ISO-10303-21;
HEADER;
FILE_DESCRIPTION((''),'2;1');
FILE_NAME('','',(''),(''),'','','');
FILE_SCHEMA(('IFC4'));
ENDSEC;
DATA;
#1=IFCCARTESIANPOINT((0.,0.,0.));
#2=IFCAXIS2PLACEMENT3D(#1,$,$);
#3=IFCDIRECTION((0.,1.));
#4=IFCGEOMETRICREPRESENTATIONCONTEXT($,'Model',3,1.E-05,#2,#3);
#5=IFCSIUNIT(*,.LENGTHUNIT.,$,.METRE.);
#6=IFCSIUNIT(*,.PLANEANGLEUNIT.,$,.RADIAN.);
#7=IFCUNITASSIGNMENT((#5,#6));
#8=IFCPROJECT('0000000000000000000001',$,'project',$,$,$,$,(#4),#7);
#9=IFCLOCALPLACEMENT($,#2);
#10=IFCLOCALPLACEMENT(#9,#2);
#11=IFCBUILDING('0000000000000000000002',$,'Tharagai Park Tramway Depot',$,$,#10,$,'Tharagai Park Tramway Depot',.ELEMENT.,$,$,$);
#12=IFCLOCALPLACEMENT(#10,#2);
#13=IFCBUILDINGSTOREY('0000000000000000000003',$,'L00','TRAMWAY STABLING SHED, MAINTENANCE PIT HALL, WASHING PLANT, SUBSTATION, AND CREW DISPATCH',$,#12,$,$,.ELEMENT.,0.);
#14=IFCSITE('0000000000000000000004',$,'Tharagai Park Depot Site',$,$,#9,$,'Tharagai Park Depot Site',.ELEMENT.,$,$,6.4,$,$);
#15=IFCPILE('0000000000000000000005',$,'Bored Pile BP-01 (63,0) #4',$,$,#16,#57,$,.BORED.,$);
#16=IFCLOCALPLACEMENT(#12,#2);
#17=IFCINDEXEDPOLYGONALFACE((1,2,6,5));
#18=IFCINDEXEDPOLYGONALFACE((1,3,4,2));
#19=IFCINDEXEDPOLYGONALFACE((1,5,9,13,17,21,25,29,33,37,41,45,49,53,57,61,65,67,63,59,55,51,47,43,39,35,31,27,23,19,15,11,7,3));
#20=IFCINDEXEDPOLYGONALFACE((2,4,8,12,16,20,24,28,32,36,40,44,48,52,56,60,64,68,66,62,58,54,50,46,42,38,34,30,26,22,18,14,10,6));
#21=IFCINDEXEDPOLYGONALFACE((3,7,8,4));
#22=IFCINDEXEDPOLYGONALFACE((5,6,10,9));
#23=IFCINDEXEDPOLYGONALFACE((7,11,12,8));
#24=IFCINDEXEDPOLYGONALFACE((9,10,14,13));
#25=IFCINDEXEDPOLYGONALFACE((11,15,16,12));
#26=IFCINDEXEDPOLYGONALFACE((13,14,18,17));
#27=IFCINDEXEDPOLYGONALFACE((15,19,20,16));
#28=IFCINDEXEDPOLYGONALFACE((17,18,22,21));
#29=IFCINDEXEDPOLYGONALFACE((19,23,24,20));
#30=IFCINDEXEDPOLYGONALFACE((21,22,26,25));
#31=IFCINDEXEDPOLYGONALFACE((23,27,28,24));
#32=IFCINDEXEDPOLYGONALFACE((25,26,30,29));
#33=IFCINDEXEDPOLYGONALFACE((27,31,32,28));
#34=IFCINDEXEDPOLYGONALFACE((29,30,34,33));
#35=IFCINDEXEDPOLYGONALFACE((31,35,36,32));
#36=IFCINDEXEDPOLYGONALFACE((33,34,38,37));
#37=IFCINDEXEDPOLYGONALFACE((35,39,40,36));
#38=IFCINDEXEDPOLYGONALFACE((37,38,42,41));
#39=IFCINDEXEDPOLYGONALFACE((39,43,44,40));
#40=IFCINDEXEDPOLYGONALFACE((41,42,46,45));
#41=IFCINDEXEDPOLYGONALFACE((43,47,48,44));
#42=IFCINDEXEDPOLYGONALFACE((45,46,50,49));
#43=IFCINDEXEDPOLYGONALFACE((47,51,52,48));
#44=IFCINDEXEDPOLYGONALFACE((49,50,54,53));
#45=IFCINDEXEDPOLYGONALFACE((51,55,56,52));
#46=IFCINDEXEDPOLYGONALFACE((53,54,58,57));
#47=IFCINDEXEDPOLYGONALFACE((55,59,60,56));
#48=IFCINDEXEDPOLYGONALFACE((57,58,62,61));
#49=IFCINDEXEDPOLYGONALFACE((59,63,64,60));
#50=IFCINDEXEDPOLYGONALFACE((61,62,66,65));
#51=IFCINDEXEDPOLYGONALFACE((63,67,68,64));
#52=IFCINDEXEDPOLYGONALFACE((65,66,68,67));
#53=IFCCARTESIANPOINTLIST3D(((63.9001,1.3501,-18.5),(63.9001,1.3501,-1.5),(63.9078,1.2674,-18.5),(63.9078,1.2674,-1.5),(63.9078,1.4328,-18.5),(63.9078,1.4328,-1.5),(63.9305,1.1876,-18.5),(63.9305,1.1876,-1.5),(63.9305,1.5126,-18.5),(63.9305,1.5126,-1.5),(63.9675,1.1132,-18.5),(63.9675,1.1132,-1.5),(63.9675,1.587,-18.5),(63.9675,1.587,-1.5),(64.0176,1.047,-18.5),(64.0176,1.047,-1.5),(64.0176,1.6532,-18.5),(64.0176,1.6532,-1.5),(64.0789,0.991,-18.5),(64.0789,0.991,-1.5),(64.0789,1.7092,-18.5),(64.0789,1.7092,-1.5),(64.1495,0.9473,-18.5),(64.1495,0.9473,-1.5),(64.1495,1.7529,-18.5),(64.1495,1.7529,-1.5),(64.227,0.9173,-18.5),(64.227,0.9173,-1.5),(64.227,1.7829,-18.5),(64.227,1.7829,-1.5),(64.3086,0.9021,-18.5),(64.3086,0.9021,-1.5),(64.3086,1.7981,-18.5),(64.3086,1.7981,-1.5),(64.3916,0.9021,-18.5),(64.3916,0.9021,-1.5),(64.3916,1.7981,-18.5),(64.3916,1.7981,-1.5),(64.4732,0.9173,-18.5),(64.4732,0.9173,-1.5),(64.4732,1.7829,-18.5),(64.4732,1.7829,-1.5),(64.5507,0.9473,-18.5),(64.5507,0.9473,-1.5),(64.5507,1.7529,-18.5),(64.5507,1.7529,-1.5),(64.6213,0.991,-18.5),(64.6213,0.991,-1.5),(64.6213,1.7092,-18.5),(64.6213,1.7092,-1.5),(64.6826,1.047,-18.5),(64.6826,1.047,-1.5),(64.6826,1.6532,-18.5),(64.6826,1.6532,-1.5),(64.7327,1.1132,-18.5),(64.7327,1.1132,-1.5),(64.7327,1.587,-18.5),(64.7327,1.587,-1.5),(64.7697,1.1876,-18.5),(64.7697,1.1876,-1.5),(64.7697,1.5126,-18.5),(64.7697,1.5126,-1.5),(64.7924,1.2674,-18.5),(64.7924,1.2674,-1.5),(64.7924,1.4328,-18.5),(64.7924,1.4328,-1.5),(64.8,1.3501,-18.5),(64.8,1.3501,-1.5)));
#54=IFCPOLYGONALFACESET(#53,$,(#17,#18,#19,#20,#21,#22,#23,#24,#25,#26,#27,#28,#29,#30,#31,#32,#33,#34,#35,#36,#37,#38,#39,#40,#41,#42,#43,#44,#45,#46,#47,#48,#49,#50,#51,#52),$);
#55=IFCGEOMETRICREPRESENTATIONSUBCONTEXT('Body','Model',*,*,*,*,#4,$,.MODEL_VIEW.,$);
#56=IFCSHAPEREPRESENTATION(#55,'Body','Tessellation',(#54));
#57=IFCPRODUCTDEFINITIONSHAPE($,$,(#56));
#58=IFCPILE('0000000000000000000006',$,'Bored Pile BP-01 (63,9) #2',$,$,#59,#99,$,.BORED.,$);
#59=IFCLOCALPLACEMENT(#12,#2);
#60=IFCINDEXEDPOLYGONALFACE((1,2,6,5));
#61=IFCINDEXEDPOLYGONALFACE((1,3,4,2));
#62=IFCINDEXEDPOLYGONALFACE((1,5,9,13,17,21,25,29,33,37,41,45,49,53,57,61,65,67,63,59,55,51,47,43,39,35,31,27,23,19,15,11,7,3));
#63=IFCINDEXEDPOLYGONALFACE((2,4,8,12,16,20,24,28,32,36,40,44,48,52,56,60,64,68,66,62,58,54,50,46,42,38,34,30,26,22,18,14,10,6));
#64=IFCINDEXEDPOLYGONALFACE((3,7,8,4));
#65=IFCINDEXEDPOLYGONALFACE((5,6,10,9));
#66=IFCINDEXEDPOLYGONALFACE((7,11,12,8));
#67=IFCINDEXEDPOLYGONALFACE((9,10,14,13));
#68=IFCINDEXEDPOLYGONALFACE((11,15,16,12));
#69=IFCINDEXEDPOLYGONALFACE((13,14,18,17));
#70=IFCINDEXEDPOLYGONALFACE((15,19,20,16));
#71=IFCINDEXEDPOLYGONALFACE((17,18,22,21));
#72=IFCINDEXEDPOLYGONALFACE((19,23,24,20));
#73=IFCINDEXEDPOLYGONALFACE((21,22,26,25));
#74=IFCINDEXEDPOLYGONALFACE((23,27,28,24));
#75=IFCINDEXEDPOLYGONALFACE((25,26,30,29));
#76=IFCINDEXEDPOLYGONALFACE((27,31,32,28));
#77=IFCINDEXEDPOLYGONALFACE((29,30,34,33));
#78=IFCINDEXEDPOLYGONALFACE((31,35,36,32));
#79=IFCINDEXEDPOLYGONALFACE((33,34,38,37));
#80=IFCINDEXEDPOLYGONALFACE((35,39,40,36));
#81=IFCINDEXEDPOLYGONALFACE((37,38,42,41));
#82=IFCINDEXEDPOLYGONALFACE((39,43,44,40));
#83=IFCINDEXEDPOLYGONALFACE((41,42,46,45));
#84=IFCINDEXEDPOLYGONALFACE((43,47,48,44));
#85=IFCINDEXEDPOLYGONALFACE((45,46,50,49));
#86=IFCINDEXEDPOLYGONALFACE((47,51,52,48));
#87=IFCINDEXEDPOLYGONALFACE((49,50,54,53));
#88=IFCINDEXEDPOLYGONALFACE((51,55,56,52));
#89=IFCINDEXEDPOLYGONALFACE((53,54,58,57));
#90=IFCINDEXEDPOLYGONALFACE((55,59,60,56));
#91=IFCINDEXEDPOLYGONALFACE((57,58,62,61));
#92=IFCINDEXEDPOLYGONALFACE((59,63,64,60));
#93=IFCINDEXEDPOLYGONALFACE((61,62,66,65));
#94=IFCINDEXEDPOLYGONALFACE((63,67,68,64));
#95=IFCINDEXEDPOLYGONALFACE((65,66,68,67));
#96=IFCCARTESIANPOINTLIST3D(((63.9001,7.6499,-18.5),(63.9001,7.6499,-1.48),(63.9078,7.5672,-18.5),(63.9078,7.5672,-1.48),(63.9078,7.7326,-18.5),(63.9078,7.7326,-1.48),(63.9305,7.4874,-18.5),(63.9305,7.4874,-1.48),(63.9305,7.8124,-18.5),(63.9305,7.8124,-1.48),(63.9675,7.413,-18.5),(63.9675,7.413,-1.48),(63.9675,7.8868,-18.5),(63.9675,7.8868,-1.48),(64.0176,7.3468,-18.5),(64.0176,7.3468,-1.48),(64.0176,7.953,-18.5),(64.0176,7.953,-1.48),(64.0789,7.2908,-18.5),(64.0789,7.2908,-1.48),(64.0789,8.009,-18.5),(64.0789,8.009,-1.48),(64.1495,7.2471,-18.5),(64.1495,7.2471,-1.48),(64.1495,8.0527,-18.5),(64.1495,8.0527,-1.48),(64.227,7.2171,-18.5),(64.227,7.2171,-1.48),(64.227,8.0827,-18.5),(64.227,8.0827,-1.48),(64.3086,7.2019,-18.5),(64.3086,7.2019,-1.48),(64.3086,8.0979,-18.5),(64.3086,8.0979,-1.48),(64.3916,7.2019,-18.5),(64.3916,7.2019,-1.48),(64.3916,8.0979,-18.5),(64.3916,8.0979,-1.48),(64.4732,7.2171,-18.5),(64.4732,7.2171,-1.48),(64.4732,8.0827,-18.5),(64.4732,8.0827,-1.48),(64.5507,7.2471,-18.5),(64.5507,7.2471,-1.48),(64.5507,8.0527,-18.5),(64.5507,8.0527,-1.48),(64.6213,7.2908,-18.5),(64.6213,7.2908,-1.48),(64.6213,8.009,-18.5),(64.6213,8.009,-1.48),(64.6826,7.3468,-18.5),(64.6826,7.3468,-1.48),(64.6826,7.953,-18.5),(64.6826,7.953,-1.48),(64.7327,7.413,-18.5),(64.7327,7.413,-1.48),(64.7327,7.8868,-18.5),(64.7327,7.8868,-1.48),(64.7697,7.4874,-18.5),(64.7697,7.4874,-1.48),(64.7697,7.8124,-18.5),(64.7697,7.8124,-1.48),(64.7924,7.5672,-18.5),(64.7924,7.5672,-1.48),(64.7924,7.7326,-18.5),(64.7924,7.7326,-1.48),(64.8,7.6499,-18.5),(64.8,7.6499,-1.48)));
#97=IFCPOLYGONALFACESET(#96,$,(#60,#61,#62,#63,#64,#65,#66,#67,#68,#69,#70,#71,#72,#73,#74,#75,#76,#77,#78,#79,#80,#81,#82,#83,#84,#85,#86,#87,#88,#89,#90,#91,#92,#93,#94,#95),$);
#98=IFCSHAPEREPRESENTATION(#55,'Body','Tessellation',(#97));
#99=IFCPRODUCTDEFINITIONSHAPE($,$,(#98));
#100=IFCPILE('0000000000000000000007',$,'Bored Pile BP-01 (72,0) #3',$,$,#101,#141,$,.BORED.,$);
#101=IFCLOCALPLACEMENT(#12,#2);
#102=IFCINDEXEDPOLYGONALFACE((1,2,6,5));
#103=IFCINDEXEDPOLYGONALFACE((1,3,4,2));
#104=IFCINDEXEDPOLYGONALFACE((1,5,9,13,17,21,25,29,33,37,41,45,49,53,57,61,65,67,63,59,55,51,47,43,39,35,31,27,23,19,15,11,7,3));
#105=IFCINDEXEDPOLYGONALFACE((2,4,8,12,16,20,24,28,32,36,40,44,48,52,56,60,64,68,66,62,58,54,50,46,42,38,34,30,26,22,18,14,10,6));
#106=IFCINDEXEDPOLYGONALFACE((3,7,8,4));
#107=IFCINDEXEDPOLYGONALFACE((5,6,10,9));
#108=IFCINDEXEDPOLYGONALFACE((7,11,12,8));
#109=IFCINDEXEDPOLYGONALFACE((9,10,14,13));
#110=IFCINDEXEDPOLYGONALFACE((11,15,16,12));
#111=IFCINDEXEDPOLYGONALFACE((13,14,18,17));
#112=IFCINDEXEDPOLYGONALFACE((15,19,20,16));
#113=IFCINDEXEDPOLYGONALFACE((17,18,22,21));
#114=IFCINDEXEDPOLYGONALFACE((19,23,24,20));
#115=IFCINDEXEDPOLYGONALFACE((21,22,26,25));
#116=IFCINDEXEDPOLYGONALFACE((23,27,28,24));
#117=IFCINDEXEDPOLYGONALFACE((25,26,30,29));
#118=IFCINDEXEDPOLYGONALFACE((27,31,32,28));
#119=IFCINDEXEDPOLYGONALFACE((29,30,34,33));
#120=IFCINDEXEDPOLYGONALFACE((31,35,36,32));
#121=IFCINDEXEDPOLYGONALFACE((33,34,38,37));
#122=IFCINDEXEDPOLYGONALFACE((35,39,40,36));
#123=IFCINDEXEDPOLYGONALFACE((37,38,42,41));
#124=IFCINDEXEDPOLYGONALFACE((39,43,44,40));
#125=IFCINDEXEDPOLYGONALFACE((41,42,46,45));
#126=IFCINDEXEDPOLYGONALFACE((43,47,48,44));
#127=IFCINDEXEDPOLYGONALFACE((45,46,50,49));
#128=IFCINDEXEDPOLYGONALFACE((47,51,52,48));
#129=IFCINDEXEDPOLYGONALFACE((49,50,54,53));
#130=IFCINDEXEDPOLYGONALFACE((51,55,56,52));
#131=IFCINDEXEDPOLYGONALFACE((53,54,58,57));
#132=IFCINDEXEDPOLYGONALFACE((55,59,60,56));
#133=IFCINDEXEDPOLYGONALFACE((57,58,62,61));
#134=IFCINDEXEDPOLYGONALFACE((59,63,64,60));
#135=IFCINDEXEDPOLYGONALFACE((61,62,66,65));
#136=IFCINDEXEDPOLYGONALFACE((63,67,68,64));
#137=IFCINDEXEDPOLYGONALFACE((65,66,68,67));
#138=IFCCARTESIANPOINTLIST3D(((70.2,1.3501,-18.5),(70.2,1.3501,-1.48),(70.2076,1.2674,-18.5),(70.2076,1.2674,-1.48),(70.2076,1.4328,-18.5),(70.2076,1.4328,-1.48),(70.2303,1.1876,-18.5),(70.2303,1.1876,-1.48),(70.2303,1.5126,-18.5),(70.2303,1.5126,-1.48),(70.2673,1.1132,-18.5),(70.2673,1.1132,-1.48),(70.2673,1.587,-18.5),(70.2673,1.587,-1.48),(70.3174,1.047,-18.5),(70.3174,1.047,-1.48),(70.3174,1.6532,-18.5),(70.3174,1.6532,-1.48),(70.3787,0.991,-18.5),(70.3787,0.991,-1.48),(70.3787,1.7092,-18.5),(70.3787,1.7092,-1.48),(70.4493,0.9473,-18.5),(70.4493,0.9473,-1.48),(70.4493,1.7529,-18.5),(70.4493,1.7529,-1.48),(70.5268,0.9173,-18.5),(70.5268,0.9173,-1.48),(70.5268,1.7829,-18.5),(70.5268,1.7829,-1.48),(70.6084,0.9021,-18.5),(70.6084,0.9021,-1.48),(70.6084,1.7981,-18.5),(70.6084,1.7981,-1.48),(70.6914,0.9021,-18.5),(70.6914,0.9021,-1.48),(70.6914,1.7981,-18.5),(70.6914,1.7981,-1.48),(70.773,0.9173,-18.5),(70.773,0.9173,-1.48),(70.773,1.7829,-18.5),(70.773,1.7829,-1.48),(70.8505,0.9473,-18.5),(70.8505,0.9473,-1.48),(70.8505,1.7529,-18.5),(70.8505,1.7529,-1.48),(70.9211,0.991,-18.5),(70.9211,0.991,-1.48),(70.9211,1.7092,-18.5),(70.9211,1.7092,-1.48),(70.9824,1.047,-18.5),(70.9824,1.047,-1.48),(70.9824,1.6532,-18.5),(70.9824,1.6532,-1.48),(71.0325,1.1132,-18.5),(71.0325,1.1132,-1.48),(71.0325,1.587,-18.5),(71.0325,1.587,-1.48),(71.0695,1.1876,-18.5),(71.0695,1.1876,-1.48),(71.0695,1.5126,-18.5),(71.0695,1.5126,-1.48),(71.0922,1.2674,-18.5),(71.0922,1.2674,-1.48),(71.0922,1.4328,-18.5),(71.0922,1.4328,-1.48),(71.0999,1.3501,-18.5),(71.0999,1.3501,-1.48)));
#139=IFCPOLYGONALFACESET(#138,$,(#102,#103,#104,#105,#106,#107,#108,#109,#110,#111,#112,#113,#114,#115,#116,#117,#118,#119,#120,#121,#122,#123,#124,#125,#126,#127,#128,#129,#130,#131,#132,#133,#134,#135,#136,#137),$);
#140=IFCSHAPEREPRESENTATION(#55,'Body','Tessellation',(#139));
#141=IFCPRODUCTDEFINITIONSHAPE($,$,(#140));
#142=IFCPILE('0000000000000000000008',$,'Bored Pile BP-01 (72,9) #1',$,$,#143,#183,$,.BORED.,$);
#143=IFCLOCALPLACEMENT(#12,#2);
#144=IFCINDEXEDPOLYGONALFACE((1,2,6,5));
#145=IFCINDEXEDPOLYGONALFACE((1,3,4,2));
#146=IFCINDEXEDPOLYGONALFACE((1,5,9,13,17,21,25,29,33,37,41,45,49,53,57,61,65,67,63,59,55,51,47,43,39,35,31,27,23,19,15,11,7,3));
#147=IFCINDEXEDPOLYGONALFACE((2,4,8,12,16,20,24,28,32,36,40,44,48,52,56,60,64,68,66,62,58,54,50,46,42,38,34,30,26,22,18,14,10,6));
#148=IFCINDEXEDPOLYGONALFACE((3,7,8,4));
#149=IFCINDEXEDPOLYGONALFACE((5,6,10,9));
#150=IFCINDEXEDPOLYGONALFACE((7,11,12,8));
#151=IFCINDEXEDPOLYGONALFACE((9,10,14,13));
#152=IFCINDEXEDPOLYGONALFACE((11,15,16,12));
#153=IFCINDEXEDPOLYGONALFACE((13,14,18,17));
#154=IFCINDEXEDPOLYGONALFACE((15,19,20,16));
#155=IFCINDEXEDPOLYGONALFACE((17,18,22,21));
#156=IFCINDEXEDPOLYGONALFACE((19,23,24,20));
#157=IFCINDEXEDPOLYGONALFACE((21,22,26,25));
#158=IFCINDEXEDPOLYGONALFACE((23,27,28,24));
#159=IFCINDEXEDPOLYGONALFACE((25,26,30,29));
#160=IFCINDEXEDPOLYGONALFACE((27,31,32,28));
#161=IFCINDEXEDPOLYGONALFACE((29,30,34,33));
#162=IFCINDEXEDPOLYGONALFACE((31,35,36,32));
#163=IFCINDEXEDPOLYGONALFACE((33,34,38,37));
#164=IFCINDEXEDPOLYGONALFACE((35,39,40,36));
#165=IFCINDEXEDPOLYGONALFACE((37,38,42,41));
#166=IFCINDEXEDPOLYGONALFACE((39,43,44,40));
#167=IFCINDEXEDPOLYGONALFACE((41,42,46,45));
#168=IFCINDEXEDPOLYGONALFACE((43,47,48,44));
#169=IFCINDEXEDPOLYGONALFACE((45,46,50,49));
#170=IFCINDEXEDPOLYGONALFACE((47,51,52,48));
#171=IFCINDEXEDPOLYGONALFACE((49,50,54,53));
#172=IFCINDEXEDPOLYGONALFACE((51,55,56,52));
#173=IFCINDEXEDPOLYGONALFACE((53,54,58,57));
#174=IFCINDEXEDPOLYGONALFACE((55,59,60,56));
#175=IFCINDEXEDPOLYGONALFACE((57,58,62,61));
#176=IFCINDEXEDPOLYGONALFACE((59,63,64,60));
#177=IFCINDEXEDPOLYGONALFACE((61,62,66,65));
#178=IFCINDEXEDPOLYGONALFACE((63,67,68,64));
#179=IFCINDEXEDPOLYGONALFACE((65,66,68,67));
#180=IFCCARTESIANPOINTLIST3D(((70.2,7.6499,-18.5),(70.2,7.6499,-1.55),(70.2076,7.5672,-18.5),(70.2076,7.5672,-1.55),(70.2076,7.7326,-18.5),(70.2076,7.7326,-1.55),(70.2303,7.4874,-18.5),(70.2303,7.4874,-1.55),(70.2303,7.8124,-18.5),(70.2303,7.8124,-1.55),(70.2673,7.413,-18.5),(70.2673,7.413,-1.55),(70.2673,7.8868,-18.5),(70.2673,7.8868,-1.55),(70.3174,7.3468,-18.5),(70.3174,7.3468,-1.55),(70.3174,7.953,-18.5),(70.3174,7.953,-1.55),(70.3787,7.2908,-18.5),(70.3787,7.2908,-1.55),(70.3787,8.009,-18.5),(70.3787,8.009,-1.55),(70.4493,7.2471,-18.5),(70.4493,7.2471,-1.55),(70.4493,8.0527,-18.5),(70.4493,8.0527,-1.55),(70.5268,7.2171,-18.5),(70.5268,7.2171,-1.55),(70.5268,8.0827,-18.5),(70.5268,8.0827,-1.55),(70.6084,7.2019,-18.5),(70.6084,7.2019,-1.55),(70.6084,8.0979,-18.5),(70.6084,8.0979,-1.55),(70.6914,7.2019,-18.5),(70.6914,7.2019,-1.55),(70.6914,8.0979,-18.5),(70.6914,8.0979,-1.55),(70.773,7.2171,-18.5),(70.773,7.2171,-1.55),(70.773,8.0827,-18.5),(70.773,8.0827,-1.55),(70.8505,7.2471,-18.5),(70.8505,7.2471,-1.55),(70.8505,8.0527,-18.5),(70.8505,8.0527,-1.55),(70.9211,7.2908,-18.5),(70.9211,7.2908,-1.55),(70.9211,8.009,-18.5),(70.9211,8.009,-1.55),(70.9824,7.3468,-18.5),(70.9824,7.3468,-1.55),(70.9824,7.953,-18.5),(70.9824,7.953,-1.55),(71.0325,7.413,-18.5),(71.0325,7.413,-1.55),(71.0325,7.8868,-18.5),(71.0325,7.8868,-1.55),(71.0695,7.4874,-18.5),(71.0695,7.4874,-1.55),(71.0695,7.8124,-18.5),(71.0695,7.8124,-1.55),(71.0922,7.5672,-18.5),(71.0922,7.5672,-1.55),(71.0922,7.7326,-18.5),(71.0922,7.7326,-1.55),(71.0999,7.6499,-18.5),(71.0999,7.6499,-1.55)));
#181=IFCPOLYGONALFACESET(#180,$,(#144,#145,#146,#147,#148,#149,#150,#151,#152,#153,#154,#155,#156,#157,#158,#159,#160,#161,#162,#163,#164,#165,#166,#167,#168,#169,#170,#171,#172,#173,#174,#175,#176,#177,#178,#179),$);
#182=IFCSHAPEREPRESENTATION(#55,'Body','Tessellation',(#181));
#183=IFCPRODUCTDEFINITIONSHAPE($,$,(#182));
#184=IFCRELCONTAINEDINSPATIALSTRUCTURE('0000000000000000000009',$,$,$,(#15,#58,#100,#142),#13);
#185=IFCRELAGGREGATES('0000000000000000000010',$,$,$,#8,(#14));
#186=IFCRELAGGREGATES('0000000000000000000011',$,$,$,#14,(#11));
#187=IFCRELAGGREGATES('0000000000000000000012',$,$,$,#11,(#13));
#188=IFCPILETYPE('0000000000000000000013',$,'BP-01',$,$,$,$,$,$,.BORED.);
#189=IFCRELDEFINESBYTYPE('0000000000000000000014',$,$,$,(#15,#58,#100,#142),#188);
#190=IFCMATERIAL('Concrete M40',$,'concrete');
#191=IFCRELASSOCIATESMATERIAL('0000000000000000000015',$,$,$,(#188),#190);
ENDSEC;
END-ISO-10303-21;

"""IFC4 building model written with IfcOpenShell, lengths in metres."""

from ifc_helpers import new_model, si_unit, direction, frame, origin, origin_2d, place, context, subcontext, project, spatial, circle, extrude, material, material_profile, profile_set, type_object, element, save


model = new_model("IFC4")

# Units and contexts
model_context = context("Model", 3, precision=1e-05, world=origin(), true_north=direction((0.0, 1.0)))
body_context = subcontext(model_context, "Body", "Model", "MODEL_VIEW")
ifc_project = project(units=[si_unit("LENGTHUNIT", "METRE"), si_unit("PLANEANGLEUNIT", "RADIAN")], contexts=[model_context])

# Site, building, storey
site_placement = place(None, origin())
site = spatial("IfcSite", under=ifc_project, at=site_placement, Name="Tharagai Park Depot Site", LongName="Tharagai Park Depot Site", CompositionType="ELEMENT", RefElevation=6.4)
building_placement = place(site_placement, origin())
building = spatial("IfcBuilding", under=site, at=building_placement, Name="Tharagai Park Tramway Depot", LongName="Tharagai Park Tramway Depot", CompositionType="ELEMENT")
storey_placement = place(building_placement, origin())
storey = spatial("IfcBuildingStorey", under=building, at=storey_placement, Name="L00", Description="TRAMWAY STABLING SHED, MAINTENANCE PIT HALL, WASHING PLANT, SUBSTATION, AND CREW DISPATCH", CompositionType="ELEMENT", Elevation=0.0)

# Piles
ifc_material_1 = material(Name="Concrete M40", Category="concrete")
ifc_material_profile_1 = material_profile(ifc_material_1, circle(Radius=0.45, at=origin_2d()), Name="PILE D900")
ifc_profile_set_1 = profile_set([ifc_material_profile_1], Name="Concrete M40")
pile_type = type_object("IfcPileType", Name="BP-01", PredefinedType="BORED", material=ifc_profile_set_1)
pile_1_placement = place(storey_placement, frame((64.3501, 1.3501, -1.5), z_axis=(0.0, 0.0, -1.0), x_axis=(1.0, 0.0, 0.0)))
element("IfcPile", 1, at=pile_1_placement, inside=storey, type_object=pile_type, Name="Bored Pile BP-01 (63,0) #4", PredefinedType="BORED", context=body_context, shape_type="SweptSolid", body=[
    extrude(circle(Radius=0.45, at=origin_2d()), origin(), (0.0, 0.0, 1.0), 17.0),
])
for number, where, z_axis, x_axis, name in (
    (2, (64.3501, 7.6499, -1.48), (0.0, 0.0, -1.0), (1.0, 0.0, 0.0), "Bored Pile BP-01 (63,9) #2"),
    (3, (70.6499, 1.3501, -1.48), (0.0, 0.0, -1.0), (1.0, 0.0, 0.0), "Bored Pile BP-01 (72,0) #3"),
):
    element("IfcPile", number, at=place(storey_placement, frame(where, z_axis=z_axis, x_axis=x_axis)), inside=storey, type_object=pile_type, Name=name, PredefinedType="BORED", context=body_context, shape_type="SweptSolid", body=[
        extrude(circle(Radius=0.45, at=origin_2d()), origin(), (0.0, 0.0, 1.0), 17.02),
    ])
pile_2_placement = place(storey_placement, frame((70.6499, 7.6499, -1.55), z_axis=(0.0, 0.0, -1.0), x_axis=(1.0, 0.0, 0.0)))
element("IfcPile", 4, at=pile_2_placement, inside=storey, type_object=pile_type, Name="Bored Pile BP-01 (72,9) #1", PredefinedType="BORED", context=body_context, shape_type="SweptSolid", body=[
    extrude(circle(Radius=0.45, at=origin_2d()), origin(), (0.0, 0.0, 1.0), 16.95),
])

save(model, "model.ifc")
